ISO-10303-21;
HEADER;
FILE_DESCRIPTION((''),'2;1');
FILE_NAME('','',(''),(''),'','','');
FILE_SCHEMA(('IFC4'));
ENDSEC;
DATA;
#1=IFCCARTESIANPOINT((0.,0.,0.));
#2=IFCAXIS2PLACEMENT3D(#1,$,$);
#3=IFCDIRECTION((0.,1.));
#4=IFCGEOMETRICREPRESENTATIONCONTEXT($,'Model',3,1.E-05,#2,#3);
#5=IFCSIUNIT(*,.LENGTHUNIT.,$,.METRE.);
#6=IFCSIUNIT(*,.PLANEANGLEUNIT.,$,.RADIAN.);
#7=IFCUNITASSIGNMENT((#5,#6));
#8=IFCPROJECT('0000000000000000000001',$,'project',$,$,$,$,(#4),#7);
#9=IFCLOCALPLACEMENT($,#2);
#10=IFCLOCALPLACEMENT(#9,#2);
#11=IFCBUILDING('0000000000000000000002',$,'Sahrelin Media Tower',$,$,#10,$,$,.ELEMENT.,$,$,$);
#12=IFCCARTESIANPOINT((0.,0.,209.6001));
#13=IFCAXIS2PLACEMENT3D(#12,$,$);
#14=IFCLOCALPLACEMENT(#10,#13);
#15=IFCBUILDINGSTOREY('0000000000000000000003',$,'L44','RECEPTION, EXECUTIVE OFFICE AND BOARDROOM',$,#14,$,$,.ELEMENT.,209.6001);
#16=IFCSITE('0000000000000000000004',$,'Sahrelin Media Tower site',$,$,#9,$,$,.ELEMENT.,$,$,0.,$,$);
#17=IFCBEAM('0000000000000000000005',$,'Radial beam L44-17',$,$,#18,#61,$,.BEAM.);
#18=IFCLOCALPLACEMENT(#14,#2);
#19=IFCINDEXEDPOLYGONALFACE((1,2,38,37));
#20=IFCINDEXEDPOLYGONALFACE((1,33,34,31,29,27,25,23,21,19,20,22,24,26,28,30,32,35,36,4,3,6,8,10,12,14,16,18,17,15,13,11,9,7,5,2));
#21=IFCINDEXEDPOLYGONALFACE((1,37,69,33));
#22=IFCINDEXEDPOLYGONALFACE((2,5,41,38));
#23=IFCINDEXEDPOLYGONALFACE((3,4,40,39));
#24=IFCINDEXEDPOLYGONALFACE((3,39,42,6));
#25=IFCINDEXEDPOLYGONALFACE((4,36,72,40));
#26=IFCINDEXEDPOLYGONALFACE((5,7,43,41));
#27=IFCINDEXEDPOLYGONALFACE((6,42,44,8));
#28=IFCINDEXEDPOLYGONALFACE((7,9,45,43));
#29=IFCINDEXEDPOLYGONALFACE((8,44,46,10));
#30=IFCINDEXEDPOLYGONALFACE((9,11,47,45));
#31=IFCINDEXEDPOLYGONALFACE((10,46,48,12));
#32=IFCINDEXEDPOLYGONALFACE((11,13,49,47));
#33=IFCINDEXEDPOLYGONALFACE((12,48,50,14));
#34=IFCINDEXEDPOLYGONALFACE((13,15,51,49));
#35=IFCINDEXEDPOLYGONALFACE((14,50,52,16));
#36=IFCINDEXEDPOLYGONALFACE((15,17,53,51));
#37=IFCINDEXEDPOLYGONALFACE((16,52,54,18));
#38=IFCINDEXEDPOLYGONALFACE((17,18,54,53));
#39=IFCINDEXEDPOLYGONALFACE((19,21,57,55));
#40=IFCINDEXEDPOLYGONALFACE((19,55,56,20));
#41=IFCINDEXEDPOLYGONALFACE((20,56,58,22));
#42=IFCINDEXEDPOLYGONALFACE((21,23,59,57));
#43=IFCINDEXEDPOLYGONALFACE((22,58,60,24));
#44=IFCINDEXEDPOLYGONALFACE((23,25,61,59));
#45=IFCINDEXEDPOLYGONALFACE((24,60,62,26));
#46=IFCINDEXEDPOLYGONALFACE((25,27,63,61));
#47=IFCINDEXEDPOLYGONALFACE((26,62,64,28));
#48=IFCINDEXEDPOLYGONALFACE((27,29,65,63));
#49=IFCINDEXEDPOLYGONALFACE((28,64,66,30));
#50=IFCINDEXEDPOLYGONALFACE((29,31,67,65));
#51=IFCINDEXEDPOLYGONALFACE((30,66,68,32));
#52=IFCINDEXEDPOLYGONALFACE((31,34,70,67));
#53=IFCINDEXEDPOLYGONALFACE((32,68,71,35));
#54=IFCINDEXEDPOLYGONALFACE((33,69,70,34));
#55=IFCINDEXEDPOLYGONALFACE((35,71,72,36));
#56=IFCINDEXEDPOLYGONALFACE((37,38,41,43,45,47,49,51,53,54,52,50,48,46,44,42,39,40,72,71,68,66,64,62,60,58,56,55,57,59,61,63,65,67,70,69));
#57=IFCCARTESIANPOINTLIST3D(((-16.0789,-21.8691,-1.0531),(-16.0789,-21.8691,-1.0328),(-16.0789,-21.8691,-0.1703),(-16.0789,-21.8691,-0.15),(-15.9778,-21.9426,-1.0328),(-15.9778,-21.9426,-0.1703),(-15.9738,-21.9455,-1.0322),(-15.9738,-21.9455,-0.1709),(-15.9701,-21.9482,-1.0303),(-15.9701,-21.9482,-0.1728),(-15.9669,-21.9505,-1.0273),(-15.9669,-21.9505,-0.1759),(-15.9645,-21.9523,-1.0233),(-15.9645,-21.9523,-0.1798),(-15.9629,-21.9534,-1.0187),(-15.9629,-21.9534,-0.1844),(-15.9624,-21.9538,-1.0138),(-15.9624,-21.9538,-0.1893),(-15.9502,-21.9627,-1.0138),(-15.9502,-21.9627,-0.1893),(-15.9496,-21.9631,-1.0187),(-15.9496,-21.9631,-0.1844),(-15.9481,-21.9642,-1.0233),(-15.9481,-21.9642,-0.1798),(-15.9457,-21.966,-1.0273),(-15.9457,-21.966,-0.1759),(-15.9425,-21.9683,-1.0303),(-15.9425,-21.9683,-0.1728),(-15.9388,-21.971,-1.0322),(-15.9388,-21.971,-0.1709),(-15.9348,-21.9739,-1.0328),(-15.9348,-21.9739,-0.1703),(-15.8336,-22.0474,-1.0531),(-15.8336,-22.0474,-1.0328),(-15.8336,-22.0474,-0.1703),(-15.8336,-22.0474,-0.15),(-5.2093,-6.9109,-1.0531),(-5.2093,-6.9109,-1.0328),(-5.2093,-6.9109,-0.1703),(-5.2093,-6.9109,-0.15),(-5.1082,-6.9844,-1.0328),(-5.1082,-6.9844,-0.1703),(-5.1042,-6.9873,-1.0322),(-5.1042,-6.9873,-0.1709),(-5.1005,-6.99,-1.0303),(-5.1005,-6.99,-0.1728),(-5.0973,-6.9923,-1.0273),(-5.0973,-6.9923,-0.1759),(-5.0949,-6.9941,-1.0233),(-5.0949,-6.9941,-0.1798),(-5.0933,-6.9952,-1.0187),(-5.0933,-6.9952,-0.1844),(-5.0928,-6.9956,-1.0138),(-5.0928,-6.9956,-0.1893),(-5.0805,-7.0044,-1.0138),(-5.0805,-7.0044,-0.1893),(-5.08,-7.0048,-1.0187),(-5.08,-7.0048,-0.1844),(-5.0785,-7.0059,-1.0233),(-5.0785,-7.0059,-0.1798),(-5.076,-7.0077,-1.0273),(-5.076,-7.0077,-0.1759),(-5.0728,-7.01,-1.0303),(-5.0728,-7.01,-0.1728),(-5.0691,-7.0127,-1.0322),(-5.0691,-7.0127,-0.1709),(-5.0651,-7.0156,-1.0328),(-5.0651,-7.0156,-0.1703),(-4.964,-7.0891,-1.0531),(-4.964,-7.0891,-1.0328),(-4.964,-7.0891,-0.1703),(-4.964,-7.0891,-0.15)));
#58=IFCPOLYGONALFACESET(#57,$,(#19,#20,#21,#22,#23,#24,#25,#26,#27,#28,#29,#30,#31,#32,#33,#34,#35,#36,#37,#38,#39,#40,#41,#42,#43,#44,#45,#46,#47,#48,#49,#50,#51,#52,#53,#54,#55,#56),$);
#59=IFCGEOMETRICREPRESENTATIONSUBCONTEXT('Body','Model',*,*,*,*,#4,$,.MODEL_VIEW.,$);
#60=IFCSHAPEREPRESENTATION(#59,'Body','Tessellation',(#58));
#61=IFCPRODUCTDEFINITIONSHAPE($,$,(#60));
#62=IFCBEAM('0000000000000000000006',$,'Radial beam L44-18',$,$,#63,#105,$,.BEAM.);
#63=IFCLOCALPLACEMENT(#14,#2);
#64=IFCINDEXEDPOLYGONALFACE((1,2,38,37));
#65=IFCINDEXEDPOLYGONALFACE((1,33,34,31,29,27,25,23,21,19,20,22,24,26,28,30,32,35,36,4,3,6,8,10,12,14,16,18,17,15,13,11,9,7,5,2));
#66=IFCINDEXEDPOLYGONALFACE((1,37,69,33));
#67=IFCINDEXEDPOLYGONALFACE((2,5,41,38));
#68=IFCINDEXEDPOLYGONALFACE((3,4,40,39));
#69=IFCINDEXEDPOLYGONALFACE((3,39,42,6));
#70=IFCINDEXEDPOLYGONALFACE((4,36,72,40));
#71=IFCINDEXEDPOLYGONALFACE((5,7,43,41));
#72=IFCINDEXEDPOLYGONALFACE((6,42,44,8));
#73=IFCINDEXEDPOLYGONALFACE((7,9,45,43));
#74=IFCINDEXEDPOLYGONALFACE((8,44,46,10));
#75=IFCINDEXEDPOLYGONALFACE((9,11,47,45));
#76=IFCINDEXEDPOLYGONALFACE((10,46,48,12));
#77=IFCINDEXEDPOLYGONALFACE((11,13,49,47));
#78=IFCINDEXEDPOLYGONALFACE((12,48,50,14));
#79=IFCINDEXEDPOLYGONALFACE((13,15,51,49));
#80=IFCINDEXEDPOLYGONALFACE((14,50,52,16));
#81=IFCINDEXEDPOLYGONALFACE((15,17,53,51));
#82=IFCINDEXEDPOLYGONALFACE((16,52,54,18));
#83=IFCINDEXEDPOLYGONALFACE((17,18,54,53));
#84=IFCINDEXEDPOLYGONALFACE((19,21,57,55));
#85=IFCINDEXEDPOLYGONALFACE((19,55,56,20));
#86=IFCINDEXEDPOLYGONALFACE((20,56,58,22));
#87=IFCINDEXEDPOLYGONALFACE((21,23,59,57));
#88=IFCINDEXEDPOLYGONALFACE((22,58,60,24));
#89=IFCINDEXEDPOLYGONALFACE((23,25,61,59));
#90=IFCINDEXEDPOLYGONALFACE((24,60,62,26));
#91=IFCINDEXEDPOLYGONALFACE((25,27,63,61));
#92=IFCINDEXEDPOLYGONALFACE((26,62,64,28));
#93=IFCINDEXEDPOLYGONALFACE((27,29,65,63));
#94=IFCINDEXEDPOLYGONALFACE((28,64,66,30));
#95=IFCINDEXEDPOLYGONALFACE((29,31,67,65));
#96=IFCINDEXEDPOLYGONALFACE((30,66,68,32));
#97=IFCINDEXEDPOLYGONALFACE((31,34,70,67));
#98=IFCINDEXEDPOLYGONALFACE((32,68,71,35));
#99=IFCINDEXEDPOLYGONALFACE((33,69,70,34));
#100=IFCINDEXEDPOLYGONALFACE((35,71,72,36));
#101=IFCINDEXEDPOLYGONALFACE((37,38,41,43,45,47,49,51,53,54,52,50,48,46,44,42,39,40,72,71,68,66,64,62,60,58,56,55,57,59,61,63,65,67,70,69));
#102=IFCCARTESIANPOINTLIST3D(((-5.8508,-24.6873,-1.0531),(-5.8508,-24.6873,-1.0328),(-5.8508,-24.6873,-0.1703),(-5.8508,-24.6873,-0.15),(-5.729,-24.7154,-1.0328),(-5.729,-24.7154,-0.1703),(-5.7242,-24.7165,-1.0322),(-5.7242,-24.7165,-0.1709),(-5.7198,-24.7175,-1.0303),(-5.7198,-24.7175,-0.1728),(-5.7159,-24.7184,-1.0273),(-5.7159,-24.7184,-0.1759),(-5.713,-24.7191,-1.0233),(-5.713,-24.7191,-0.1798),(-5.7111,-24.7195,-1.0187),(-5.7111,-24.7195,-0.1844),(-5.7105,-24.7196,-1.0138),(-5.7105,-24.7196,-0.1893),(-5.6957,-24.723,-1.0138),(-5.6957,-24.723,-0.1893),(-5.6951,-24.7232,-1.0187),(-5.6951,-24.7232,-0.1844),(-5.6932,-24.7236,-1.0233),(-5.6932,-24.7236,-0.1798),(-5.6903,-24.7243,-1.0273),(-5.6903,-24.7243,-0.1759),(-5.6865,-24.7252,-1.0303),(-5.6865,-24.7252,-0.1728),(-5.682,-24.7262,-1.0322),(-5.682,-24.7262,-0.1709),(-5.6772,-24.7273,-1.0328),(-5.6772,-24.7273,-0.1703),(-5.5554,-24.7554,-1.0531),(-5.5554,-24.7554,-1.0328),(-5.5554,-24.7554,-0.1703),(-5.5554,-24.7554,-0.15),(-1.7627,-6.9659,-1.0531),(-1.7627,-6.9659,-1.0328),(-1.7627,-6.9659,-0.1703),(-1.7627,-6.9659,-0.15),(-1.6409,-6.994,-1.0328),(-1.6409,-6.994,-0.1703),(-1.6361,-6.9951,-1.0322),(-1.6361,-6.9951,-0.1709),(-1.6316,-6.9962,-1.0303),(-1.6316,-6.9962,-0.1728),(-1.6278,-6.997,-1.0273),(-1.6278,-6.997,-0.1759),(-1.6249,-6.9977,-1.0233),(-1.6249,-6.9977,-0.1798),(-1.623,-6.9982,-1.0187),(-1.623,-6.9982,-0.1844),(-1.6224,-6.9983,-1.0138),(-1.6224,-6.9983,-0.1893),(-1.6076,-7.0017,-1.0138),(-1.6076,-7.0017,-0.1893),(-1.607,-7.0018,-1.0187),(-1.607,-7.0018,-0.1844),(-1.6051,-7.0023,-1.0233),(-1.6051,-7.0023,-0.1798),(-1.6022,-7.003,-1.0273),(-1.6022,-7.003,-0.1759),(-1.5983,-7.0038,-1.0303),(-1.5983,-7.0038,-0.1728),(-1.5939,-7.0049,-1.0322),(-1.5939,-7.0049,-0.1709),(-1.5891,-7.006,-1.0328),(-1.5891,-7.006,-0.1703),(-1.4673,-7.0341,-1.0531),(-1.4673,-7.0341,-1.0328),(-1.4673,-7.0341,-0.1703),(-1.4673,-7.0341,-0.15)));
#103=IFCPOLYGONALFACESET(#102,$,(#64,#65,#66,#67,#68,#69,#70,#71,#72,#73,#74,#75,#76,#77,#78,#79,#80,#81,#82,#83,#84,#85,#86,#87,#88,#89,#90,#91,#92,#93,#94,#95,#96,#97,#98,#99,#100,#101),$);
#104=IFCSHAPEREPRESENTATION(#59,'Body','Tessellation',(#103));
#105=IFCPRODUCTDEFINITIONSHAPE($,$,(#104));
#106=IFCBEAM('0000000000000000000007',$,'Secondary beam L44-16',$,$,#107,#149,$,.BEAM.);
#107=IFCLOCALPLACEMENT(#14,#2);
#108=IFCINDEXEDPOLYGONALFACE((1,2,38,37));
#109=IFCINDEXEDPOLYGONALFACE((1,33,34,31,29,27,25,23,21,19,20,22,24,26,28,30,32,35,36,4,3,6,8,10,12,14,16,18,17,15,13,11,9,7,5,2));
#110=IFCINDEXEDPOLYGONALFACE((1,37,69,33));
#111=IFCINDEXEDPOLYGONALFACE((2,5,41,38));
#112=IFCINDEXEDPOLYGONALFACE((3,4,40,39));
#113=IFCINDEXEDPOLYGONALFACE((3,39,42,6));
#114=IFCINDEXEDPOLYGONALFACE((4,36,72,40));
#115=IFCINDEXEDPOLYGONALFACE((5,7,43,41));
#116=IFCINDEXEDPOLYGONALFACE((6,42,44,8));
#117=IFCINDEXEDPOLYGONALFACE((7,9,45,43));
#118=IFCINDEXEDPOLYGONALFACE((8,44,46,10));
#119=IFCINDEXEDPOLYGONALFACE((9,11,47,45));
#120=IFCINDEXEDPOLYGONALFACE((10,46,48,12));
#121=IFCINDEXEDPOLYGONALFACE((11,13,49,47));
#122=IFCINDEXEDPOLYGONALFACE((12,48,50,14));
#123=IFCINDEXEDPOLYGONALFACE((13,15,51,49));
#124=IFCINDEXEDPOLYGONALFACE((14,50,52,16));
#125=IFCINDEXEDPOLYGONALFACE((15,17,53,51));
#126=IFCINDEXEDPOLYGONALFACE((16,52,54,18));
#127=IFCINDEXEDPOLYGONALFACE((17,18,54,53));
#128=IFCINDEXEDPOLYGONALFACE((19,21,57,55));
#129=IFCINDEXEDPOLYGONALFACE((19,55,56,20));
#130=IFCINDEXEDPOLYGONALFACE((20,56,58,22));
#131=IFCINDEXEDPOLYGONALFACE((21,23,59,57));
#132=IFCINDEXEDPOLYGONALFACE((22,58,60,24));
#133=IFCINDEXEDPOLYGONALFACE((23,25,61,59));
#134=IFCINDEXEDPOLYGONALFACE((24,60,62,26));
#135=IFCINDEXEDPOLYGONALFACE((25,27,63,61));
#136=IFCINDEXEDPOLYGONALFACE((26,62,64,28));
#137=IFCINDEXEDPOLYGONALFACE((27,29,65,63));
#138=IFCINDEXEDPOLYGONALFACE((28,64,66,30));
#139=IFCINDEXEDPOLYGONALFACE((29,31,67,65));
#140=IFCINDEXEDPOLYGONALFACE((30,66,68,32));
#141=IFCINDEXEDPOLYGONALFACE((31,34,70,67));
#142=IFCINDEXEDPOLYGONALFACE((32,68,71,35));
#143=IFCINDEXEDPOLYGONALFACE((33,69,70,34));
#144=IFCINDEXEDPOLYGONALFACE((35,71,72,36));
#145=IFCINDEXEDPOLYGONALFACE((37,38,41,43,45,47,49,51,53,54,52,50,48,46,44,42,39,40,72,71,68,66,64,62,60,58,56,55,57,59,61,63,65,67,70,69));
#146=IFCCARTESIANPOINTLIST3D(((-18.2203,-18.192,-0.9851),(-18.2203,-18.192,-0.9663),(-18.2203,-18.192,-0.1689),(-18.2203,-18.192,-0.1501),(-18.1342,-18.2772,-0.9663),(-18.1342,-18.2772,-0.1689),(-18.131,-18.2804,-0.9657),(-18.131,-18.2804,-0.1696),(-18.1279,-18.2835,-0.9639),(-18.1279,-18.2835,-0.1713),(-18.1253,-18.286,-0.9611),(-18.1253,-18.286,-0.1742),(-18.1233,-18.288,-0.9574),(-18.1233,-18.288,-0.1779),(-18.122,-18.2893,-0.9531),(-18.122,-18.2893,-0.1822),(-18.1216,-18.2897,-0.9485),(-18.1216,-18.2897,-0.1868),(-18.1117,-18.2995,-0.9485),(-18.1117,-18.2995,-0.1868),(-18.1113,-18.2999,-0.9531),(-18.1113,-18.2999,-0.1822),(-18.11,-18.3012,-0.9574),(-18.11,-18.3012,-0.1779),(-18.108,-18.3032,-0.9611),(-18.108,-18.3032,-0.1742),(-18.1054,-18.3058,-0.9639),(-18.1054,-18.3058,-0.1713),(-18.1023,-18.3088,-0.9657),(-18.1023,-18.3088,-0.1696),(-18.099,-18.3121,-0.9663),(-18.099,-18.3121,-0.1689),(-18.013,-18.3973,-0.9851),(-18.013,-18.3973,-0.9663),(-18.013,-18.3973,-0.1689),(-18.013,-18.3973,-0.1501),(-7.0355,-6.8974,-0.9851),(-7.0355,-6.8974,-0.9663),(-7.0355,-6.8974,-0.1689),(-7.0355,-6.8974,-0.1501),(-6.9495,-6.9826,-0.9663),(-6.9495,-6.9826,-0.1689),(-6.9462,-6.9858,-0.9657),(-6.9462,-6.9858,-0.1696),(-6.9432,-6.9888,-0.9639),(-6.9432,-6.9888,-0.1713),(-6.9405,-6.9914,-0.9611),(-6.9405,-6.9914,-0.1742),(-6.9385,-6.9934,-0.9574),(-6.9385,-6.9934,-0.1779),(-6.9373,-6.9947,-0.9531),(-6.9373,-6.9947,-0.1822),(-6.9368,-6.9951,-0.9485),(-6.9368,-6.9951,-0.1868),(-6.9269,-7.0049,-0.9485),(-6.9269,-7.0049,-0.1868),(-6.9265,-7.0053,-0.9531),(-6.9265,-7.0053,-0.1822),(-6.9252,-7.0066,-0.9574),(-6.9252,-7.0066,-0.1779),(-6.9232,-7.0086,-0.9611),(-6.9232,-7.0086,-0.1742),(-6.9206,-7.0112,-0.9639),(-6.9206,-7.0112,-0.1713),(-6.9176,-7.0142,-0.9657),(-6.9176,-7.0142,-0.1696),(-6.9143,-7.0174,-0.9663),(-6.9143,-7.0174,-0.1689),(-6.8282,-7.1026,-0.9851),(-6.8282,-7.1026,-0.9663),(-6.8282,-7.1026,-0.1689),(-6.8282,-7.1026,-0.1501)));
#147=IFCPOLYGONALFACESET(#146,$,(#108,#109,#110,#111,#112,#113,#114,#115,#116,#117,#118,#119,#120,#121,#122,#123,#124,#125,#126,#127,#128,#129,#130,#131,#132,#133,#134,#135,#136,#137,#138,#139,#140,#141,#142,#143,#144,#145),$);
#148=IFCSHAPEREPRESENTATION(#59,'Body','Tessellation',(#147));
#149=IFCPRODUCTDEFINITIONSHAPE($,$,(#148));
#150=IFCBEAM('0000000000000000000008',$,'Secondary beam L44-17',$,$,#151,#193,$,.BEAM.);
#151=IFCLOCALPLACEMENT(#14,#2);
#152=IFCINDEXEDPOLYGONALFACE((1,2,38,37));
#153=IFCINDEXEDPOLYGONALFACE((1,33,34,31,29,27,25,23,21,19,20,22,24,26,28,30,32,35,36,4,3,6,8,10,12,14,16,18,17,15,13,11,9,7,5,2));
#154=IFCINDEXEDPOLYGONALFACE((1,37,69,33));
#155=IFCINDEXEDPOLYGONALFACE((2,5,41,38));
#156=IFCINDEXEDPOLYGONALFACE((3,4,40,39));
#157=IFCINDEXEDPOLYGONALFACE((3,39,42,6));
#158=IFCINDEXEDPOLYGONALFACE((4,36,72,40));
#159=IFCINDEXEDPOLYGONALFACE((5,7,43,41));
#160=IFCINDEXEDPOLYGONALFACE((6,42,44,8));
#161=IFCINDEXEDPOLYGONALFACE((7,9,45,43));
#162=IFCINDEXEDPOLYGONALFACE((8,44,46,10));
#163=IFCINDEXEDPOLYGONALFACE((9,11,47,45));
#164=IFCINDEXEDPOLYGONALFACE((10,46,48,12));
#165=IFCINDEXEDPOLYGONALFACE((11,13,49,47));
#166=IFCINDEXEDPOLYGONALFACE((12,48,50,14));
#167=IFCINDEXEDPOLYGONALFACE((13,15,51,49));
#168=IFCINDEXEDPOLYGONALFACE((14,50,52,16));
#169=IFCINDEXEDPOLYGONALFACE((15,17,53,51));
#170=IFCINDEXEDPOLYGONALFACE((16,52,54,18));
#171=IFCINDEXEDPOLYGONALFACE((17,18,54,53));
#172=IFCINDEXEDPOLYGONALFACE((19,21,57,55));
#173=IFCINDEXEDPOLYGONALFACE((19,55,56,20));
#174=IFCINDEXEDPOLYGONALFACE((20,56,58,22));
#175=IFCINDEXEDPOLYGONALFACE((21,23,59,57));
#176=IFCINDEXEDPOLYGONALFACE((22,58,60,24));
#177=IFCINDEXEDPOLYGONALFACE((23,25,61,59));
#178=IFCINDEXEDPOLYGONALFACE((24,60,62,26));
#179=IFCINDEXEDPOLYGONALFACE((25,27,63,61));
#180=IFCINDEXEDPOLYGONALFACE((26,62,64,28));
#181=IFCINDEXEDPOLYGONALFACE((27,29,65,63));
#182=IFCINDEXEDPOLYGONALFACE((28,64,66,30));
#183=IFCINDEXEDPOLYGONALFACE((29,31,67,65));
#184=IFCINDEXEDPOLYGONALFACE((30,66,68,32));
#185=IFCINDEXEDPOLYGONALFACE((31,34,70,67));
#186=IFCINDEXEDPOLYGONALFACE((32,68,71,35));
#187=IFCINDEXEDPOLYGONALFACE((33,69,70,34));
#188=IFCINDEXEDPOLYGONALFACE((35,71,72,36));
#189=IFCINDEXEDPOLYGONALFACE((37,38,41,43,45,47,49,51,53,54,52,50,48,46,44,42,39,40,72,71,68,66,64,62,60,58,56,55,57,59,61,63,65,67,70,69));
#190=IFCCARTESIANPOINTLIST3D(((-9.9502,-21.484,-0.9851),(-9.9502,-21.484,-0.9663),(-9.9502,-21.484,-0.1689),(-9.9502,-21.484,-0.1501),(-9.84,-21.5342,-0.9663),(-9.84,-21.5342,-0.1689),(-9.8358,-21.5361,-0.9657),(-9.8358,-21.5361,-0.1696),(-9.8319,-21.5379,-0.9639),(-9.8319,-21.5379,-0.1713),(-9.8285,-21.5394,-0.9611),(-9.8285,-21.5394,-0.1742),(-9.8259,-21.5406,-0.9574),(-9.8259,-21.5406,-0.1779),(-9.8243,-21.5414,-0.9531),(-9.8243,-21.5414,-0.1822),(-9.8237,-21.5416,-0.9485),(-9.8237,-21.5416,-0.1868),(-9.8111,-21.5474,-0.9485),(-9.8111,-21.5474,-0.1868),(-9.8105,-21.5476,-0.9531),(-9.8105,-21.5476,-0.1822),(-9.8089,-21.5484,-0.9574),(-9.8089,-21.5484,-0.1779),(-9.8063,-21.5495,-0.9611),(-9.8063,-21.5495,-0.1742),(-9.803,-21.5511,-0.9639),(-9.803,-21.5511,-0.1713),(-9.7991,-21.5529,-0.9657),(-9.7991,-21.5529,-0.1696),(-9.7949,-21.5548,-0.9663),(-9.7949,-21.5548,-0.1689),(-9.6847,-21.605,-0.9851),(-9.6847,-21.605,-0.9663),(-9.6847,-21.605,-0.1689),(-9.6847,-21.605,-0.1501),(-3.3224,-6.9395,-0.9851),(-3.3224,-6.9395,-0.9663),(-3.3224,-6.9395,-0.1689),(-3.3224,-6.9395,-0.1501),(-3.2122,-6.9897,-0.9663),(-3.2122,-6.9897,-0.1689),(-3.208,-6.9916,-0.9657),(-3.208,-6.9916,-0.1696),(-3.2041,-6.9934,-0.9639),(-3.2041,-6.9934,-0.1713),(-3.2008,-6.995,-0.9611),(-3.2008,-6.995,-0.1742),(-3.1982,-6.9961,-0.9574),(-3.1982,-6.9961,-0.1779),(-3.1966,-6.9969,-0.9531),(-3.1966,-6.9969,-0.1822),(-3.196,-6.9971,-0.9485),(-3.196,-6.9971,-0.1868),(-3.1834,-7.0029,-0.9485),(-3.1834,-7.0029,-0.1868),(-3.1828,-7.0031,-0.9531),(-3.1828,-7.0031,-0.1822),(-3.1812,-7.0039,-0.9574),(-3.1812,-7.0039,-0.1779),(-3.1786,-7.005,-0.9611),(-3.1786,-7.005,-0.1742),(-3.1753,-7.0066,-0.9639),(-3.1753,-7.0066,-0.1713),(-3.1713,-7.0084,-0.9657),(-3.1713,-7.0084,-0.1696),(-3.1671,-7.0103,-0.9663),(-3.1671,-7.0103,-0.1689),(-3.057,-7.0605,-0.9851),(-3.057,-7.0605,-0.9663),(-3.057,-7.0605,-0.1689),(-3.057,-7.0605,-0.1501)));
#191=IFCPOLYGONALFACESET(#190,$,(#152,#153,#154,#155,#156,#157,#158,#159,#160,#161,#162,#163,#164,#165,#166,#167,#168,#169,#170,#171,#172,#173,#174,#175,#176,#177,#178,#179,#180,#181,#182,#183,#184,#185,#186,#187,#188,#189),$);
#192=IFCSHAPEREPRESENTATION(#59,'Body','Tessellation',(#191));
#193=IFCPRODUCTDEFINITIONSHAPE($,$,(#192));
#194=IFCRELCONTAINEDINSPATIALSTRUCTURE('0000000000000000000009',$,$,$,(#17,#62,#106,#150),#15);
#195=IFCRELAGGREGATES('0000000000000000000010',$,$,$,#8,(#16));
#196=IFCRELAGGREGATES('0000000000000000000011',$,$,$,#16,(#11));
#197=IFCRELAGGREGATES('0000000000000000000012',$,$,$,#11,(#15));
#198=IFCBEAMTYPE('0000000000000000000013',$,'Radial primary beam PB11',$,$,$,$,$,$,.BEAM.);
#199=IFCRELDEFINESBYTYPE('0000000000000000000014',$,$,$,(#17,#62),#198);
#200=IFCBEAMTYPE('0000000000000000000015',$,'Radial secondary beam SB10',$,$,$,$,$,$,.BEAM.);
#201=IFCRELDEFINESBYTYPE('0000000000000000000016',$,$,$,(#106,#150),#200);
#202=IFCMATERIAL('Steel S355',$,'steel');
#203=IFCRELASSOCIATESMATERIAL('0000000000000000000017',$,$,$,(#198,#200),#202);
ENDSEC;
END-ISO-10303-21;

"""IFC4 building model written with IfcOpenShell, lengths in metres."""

from ifc_helpers import new_model, si_unit, direction, frame, origin, origin_2d, place, context, subcontext, project, spatial, i_section, extrude, material, material_profile, profile_set, type_object, element, save


model = new_model("IFC4")

# Units and contexts
model_context = context("Model", 3, precision=1e-05, world=origin(), true_north=direction((0.0, 1.0)))
body_context = subcontext(model_context, "Body", "Model", "MODEL_VIEW")
ifc_project = project(units=[si_unit("LENGTHUNIT", "METRE"), si_unit("PLANEANGLEUNIT", "RADIAN")], contexts=[model_context])

# Site, building, storey
site_placement = place(None, origin())
site = spatial("IfcSite", under=ifc_project, at=site_placement, Name="Sahrelin Media Tower site", CompositionType="ELEMENT", RefElevation=0.0)
building_placement = place(site_placement, origin())
building = spatial("IfcBuilding", under=site, at=building_placement, Name="Sahrelin Media Tower", CompositionType="ELEMENT")
storey_placement = place(building_placement, frame((0.0, 0.0, 209.6001)))
storey = spatial("IfcBuildingStorey", under=building, at=storey_placement, Name="L44", Description="RECEPTION, EXECUTIVE OFFICE AND BOARDROOM", CompositionType="ELEMENT", Elevation=209.6001)

# Shared definitions
ifc_material_1 = material(Name="Steel S355", Category="steel")

# Beams
ifc_material_profile_1 = material_profile(ifc_material_1, i_section(OverallWidth=0.3032, OverallDepth=0.9031, WebThickness=0.0151, FlangeThickness=0.0203, FilletRadius=0.019, at=origin_2d()), Name="UB 914x305x201")
ifc_profile_set_1 = profile_set([ifc_material_profile_1], Name="Steel S355")
beam_type_1 = type_object("IfcBeamType", Name="Radial primary beam PB11", PredefinedType="BEAM", material=ifc_profile_set_1)
beam_1_placement = place(storey_placement, frame((-5.0867, -7.0, -0.6016), z_axis=(-0.58785, -0.80897, 0.0), x_axis=(0.80897, -0.58785, 0.0)))
element("IfcBeam", 1, at=beam_1_placement, inside=storey, type_object=beam_type_1, Name="Radial beam L44-17", PredefinedType="BEAM", context=body_context, shape_type="SweptSolid", body=[
    extrude(i_section(OverallWidth=0.3032, OverallDepth=0.9031, WebThickness=0.0151, FlangeThickness=0.0203, FilletRadius=0.019, at=origin_2d()), origin(), (0.0, 0.0, 1.0), 18.4905),
])
beam_2_placement = place(storey_placement, frame((-1.615, -7.0, -0.6016), z_axis=(-0.224785, -0.974408, 0.0), x_axis=(0.974408, -0.224785, 0.0)))
element("IfcBeam", 2, at=beam_2_placement, inside=storey, type_object=beam_type_1, Name="Radial beam L44-18", PredefinedType="BEAM", context=body_context, shape_type="SweptSolid", body=[
    extrude(i_section(OverallWidth=0.3032, OverallDepth=0.9031, WebThickness=0.0151, FlangeThickness=0.0203, FilletRadius=0.019, at=origin_2d()), origin(), (0.0, 0.0, 1.0), 18.1868),
])
ifc_material_profile_2 = material_profile(ifc_material_1, i_section(OverallWidth=0.2917, OverallDepth=0.835, WebThickness=0.0139, FlangeThickness=0.0188, FilletRadius=0.0178, at=origin_2d()), Name="UB 838x292x176")
ifc_profile_set_2 = profile_set([ifc_material_profile_2], Name="Steel S355")
beam_type_2 = type_object("IfcBeamType", Name="Radial secondary beam SB10", PredefinedType="BEAM", material=ifc_profile_set_2)
beam_3_placement = place(storey_placement, frame((-6.9319, -7.0, -0.5676), z_axis=(-0.703643, -0.710554, 0.0), x_axis=(0.710554, -0.703643, 0.0)))
element("IfcBeam", 3, at=beam_3_placement, inside=storey, type_object=beam_type_2, Name="Secondary beam L44-16", PredefinedType="BEAM", context=body_context, shape_type="SweptSolid", body=[
    extrude(i_section(OverallWidth=0.2917, OverallDepth=0.835, WebThickness=0.0139, FlangeThickness=0.0188, FilletRadius=0.0178, at=origin_2d()), origin(), (0.0, 0.0, 1.0), 15.8955),
])
beam_4_placement = place(storey_placement, frame((-3.1897, -7.0, -0.5676), z_axis=(-0.414662, -0.909975, 0.0), x_axis=(0.909975, -0.414662, 0.0)))
element("IfcBeam", 4, at=beam_4_placement, inside=storey, type_object=beam_type_2, Name="Secondary beam L44-17", PredefinedType="BEAM", context=body_context, shape_type="SweptSolid", body=[
    extrude(i_section(OverallWidth=0.2917, OverallDepth=0.835, WebThickness=0.0139, FlangeThickness=0.0188, FilletRadius=0.0178, at=origin_2d()), origin(), (0.0, 0.0, 1.0), 15.9834),
])

save(model, "model.ifc")
